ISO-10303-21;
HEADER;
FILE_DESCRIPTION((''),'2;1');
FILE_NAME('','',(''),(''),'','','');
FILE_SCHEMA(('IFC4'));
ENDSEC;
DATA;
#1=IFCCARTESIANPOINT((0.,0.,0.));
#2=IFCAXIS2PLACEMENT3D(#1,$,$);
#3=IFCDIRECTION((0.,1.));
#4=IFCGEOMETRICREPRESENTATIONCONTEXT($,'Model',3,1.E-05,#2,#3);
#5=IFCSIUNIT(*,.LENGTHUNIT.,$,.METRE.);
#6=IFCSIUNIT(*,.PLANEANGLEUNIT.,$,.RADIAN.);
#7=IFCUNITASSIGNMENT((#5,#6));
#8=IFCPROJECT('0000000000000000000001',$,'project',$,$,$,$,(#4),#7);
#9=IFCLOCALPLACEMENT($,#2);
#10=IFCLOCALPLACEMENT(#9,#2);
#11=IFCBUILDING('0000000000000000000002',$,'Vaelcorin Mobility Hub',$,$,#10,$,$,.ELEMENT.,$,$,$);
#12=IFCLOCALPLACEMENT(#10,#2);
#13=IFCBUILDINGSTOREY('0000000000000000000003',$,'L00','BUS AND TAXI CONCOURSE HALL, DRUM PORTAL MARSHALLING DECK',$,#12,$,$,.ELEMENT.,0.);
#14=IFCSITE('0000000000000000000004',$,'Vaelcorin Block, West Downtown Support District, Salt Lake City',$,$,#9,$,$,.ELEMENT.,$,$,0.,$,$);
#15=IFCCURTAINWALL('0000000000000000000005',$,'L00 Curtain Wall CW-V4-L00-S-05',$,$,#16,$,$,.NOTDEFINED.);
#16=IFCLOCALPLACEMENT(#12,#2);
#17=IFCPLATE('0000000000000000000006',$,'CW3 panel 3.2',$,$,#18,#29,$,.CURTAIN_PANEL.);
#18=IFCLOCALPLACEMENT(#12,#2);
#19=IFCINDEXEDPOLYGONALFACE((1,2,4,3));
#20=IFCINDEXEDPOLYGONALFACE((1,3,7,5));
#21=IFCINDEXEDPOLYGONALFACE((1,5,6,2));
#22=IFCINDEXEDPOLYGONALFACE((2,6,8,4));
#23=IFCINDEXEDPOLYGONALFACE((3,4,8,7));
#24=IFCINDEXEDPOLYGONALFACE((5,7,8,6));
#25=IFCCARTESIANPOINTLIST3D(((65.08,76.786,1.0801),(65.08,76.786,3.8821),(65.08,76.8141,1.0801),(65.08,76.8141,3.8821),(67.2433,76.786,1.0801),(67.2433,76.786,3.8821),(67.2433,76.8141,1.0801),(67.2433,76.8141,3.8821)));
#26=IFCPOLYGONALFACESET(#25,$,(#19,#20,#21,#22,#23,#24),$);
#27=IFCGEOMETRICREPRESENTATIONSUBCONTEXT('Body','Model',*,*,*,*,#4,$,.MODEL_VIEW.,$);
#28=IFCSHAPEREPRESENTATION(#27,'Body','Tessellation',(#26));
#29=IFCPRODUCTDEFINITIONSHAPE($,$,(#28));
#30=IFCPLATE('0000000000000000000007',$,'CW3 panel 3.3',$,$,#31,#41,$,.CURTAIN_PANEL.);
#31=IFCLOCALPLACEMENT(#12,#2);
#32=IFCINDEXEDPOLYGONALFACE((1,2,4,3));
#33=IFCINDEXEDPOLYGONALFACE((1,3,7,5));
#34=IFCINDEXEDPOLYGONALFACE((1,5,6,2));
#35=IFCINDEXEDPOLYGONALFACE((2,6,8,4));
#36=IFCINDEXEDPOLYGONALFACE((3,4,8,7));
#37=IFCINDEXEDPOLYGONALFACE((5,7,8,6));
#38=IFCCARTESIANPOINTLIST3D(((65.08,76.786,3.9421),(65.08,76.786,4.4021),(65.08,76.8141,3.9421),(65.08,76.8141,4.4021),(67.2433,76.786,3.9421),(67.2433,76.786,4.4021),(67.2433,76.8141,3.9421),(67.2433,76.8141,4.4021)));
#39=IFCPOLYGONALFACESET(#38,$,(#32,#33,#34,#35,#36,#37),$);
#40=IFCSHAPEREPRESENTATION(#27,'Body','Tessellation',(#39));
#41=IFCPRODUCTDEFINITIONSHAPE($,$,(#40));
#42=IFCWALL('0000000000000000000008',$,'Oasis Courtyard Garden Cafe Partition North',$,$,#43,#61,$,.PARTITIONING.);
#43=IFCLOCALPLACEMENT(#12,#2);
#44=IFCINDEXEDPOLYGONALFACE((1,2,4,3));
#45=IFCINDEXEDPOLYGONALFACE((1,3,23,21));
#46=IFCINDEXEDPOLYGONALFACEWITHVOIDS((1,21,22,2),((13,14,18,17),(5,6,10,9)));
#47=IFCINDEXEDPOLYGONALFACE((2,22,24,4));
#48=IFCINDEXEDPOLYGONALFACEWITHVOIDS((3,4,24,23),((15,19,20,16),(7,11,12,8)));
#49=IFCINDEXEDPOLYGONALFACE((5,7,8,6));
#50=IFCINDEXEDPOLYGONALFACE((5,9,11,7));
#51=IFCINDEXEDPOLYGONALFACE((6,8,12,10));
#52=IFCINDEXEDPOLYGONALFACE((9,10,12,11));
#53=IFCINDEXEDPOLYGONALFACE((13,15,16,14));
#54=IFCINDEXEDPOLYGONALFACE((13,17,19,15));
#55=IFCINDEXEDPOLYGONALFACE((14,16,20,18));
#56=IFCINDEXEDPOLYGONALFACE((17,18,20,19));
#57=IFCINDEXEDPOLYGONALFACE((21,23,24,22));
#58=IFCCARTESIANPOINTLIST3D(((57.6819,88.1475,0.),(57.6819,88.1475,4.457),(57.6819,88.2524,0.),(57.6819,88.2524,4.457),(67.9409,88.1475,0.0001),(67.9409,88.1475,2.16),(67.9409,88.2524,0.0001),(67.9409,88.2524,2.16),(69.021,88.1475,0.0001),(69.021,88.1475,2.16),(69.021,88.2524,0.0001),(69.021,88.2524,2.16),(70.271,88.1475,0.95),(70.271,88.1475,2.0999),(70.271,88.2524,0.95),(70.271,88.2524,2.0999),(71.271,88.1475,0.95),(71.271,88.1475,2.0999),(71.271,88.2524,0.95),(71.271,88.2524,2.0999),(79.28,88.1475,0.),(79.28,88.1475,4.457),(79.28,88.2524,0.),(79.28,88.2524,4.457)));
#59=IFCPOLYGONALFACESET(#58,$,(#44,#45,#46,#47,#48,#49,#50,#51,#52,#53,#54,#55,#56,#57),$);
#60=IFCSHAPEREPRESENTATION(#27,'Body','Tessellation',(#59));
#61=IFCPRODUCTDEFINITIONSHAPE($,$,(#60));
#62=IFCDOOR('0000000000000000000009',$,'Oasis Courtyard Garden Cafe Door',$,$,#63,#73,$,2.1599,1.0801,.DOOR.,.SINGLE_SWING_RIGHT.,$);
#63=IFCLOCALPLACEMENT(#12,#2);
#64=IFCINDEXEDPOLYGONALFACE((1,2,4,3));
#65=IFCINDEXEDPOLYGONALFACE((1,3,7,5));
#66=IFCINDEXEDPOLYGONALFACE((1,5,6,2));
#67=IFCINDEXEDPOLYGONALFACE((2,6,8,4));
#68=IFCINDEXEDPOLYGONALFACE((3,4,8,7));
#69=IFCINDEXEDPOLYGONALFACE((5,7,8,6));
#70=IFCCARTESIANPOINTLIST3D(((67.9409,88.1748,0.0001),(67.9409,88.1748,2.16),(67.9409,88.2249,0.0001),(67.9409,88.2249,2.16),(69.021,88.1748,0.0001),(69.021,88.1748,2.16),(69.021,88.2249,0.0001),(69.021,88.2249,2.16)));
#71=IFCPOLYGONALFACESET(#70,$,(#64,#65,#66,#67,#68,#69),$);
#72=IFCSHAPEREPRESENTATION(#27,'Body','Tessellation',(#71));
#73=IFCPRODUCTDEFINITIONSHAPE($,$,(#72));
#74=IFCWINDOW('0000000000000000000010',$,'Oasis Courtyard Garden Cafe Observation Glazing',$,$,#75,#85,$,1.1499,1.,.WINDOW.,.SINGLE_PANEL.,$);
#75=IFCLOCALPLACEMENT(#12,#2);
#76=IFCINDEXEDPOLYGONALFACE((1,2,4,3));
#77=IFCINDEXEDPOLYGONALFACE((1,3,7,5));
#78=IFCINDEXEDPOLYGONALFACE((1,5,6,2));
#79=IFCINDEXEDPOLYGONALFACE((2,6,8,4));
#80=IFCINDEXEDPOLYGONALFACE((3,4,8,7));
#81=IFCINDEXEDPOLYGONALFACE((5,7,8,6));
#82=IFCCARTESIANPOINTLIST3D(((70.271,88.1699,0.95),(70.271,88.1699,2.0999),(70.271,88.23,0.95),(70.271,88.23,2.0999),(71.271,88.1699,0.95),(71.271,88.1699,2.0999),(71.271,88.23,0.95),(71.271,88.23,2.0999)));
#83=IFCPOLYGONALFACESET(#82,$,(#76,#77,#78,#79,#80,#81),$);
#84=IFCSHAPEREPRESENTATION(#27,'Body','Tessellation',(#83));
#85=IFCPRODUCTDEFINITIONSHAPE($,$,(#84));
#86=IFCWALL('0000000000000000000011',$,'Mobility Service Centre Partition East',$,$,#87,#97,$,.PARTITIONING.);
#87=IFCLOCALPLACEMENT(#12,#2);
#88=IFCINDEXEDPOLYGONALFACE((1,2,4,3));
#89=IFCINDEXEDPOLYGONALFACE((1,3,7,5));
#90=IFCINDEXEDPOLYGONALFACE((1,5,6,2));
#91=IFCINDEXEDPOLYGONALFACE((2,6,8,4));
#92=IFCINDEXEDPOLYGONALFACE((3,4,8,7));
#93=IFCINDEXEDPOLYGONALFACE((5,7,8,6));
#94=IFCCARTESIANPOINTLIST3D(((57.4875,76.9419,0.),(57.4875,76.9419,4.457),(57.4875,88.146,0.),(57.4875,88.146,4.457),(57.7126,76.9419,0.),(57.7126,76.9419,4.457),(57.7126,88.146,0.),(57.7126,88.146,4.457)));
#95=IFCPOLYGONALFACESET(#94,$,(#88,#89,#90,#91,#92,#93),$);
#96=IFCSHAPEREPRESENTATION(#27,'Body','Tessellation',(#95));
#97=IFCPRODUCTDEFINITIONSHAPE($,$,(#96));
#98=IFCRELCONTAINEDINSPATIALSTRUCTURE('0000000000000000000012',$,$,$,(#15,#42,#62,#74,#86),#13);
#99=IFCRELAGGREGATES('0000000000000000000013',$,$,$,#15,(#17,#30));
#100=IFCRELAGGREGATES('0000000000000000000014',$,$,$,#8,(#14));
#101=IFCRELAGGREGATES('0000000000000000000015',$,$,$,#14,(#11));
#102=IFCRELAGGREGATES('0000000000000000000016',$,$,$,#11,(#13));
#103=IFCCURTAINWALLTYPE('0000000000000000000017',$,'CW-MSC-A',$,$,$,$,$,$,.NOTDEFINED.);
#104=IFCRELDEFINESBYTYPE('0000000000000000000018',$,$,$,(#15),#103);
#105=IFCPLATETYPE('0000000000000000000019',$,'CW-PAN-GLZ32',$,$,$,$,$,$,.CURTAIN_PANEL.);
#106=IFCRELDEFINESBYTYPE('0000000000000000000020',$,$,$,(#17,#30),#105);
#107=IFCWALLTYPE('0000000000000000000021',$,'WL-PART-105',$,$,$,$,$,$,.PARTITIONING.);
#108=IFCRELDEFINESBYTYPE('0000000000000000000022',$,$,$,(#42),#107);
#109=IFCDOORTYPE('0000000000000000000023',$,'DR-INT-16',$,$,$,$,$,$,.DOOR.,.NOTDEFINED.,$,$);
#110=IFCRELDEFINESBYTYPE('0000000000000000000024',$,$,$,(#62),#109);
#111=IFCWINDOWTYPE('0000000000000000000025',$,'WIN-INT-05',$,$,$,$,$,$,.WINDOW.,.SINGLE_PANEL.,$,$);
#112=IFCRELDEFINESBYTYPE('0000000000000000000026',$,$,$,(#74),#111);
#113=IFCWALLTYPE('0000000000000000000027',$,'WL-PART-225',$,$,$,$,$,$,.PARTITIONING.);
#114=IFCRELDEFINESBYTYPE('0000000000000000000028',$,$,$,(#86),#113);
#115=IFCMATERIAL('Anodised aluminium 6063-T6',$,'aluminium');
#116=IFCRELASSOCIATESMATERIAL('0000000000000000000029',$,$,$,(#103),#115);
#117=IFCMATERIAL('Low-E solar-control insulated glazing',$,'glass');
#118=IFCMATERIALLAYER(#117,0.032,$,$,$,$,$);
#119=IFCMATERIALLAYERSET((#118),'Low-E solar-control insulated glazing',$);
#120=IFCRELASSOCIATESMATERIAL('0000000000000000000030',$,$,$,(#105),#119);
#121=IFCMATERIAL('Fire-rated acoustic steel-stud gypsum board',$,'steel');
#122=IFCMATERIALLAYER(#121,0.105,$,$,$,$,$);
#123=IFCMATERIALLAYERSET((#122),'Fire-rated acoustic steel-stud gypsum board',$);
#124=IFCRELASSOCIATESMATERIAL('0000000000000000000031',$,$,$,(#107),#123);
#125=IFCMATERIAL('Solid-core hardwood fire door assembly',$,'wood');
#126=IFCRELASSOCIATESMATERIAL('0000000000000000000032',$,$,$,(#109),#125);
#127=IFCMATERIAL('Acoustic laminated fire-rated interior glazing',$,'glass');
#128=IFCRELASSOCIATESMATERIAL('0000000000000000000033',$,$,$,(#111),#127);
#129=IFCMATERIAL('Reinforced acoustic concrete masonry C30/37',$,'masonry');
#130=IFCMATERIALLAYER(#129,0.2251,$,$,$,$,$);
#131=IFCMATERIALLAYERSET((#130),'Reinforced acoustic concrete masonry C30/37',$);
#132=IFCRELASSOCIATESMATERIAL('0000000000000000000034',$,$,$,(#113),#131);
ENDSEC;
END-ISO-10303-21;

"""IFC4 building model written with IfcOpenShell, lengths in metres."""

from ifc_helpers import new_model, si_unit, direction, frame, frame_2d, origin, origin_2d, place, context, subcontext, project, spatial, rectangle, extrude, material, layer, layer_set, type_object, element, fill, aggregate, save


model = new_model("IFC4")

# Units and contexts
model_context = context("Model", 3, precision=1e-05, world=origin(), true_north=direction((0.0, 1.0)))
body_context = subcontext(model_context, "Body", "Model", "MODEL_VIEW")
ifc_project = project(units=[si_unit("LENGTHUNIT", "METRE"), si_unit("PLANEANGLEUNIT", "RADIAN")], contexts=[model_context])

# Site, building, storey
site_placement = place(None, origin())
site = spatial("IfcSite", under=ifc_project, at=site_placement, Name="Vaelcorin Block, West Downtown Support District, Salt Lake City", CompositionType="ELEMENT", RefElevation=0.0)
building_placement = place(site_placement, origin())
building = spatial("IfcBuilding", under=site, at=building_placement, Name="Vaelcorin Mobility Hub", CompositionType="ELEMENT")
storey_placement = place(building_placement, origin())
storey = spatial("IfcBuildingStorey", under=building, at=storey_placement, Name="L00", Description="BUS AND TAXI CONCOURSE HALL, DRUM PORTAL MARSHALLING DECK", CompositionType="ELEMENT", Elevation=0.0)

# Curtain wall, plates
ifc_material_1 = material(Name="Anodised aluminium 6063-T6", Category="aluminium")
curtain_wall_type = type_object("IfcCurtainWallType", Name="CW-MSC-A", PredefinedType="NOTDEFINED", material=ifc_material_1)
curtain_wall_placement = place(storey_placement, origin())
curtain_wall = element("IfcCurtainWall", 1, at=curtain_wall_placement, inside=storey, type_object=curtain_wall_type, Name="L00 Curtain Wall CW-V4-L00-S-05", PredefinedType="NOTDEFINED")
ifc_material_2 = material(Name="Low-E solar-control insulated glazing", Category="glass")
ifc_layer_1 = layer(ifc_material_2, 0.032)
ifc_layer_set_1 = layer_set([ifc_layer_1], Name="Low-E solar-control insulated glazing")
plate_type = type_object("IfcPlateType", Name="CW-PAN-GLZ32", PredefinedType="CURTAIN_PANEL", material=ifc_layer_set_1)
plate_1_placement = place(storey_placement, frame((66.1616, 76.8, 1.0801), z_axis=(0.0, 0.0, 1.0), x_axis=(-1.0, 0.0, 0.0)))
plate_1 = element("IfcPlate", 2, at=plate_1_placement, type_object=plate_type, Name="CW3 panel 3.2", PredefinedType="CURTAIN_PANEL", context=body_context, shape_type="SweptSolid", body=[
    extrude(rectangle(XDim=2.1633, YDim=0.0281, at=origin_2d()), origin(), (0.0, 0.0, 1.0), 2.802),
])
plate_2_placement = place(storey_placement, frame((66.1616, 76.8, 3.9421), z_axis=(0.0, 0.0, 1.0), x_axis=(-1.0, 0.0, 0.0)))
plate_2 = element("IfcPlate", 3, at=plate_2_placement, type_object=plate_type, Name="CW3 panel 3.3", PredefinedType="CURTAIN_PANEL", context=body_context, shape_type="SweptSolid", body=[
    extrude(rectangle(XDim=2.1633, YDim=0.0281, at=origin_2d()), origin(), (0.0, 0.0, 1.0), 0.46),
])
aggregate(curtain_wall, [plate_1, plate_2])

# Wall, openings, door, window
ifc_material_3 = material(Name="Fire-rated acoustic steel-stud gypsum board", Category="steel")
ifc_layer_2 = layer(ifc_material_3, 0.105)
ifc_layer_set_2 = layer_set([ifc_layer_2], Name="Fire-rated acoustic steel-stud gypsum board")
wall_type_1 = type_object("IfcWallType", Name="WL-PART-105", PredefinedType="PARTITIONING", material=ifc_layer_set_2)
wall_1_placement = place(storey_placement, frame((57.6819, 88.2, 0.0), z_axis=(0.0, 0.0, 1.0), x_axis=(1.0, 0.0, 0.0)))
wall_1 = element("IfcWall", 4, at=wall_1_placement, inside=storey, type_object=wall_type_1, Name="Oasis Courtyard Garden Cafe Partition North", PredefinedType="PARTITIONING", context=body_context, shape_type="SweptSolid", body=[
    extrude(rectangle(XDim=21.5981, YDim=0.105, at=frame_2d((10.7991, 0.0))), origin(), (0.0, 0.0, 1.0), 4.457),
])
opening_1_placement = place(wall_1_placement, frame((10.259, 0.0, 0.0)))
opening_1 = element("IfcOpeningElement", 5, at=opening_1_placement, cuts=wall_1, PredefinedType="OPENING", context=body_context, shape_type="SweptSolid", body=[
    extrude(rectangle(XDim=1.0801, YDim=2.1599, at=frame_2d((0.54, 1.0801))), frame((0.0, 0.0625, 0.0), z_axis=(0.0, -1.0, 0.0), x_axis=(1.0, 0.0, 0.0)), (0.0, 0.0, 1.0), 0.125),
])
opening_2_placement = place(wall_1_placement, frame((12.5891, 0.0, 0.95)))
opening_2 = element("IfcOpeningElement", 6, at=opening_2_placement, cuts=wall_1, PredefinedType="OPENING", context=body_context, shape_type="SweptSolid", body=[
    extrude(rectangle(XDim=1.0, YDim=1.1499, at=frame_2d((0.5, 0.575))), frame((0.0, 0.0625, 0.0), z_axis=(0.0, -1.0, 0.0), x_axis=(1.0, 0.0, 0.0)), (0.0, 0.0, 1.0), 0.125),
])
ifc_material_4 = material(Name="Solid-core hardwood fire door assembly", Category="wood")
door_type = type_object("IfcDoorType", Name="DR-INT-16", OperationType="NOTDEFINED", PredefinedType="DOOR", material=ifc_material_4)
door_placement = place(opening_1_placement, origin())
door = element("IfcDoor", 7, at=door_placement, inside=storey, type_object=door_type, Name="Oasis Courtyard Garden Cafe Door", OperationType="SINGLE_SWING_RIGHT", OverallHeight=2.1599, OverallWidth=1.0801, PredefinedType="DOOR", context=body_context, shape_type="SweptSolid", body=[
    extrude(rectangle(XDim=1.0801, YDim=2.1599, at=frame_2d((0.54, 1.0801))), frame((0.0, 0.0249, 0.0), z_axis=(0.0, -1.0, 0.0), x_axis=(1.0, 0.0, 0.0)), (0.0, 0.0, 1.0), 0.05),
])
fill(opening_1, door)
ifc_material_5 = material(Name="Acoustic laminated fire-rated interior glazing", Category="glass")
window_type = type_object("IfcWindowType", Name="WIN-INT-05", PartitioningType="SINGLE_PANEL", PredefinedType="WINDOW", material=ifc_material_5)
window_placement = place(opening_2_placement, origin())
window = element("IfcWindow", 8, at=window_placement, inside=storey, type_object=window_type, Name="Oasis Courtyard Garden Cafe Observation Glazing", OverallHeight=1.1499, OverallWidth=1.0, PartitioningType="SINGLE_PANEL", PredefinedType="WINDOW", context=body_context, shape_type="SweptSolid", body=[
    extrude(rectangle(XDim=1.0, YDim=1.1499, at=frame_2d((0.5, 0.575))), frame((0.0, 0.03, 0.0), z_axis=(0.0, -1.0, 0.0), x_axis=(1.0, 0.0, 0.0)), (0.0, 0.0, 1.0), 0.0601),
])
fill(opening_2, window)

# Wall
ifc_material_6 = material(Name="Reinforced acoustic concrete masonry C30/37", Category="masonry")
ifc_layer_3 = layer(ifc_material_6, 0.2251)
ifc_layer_set_3 = layer_set([ifc_layer_3], Name="Reinforced acoustic concrete masonry C30/37")
wall_type_2 = type_object("IfcWallType", Name="WL-PART-225", PredefinedType="PARTITIONING", material=ifc_layer_set_3)
wall_2_placement = place(storey_placement, frame((57.6001, 88.146, 0.0), z_axis=(0.0, 0.0, 1.0), x_axis=(0.0, -1.0, 0.0)))
element("IfcWall", 9, at=wall_2_placement, inside=storey, type_object=wall_type_2, Name="Mobility Service Centre Partition East", PredefinedType="PARTITIONING", context=body_context, shape_type="SweptSolid", body=[
    extrude(rectangle(XDim=11.2041, YDim=0.2251, at=frame_2d((5.6021, 0.0))), origin(), (0.0, 0.0, 1.0), 4.457),
])

save(model, "model.ifc")
